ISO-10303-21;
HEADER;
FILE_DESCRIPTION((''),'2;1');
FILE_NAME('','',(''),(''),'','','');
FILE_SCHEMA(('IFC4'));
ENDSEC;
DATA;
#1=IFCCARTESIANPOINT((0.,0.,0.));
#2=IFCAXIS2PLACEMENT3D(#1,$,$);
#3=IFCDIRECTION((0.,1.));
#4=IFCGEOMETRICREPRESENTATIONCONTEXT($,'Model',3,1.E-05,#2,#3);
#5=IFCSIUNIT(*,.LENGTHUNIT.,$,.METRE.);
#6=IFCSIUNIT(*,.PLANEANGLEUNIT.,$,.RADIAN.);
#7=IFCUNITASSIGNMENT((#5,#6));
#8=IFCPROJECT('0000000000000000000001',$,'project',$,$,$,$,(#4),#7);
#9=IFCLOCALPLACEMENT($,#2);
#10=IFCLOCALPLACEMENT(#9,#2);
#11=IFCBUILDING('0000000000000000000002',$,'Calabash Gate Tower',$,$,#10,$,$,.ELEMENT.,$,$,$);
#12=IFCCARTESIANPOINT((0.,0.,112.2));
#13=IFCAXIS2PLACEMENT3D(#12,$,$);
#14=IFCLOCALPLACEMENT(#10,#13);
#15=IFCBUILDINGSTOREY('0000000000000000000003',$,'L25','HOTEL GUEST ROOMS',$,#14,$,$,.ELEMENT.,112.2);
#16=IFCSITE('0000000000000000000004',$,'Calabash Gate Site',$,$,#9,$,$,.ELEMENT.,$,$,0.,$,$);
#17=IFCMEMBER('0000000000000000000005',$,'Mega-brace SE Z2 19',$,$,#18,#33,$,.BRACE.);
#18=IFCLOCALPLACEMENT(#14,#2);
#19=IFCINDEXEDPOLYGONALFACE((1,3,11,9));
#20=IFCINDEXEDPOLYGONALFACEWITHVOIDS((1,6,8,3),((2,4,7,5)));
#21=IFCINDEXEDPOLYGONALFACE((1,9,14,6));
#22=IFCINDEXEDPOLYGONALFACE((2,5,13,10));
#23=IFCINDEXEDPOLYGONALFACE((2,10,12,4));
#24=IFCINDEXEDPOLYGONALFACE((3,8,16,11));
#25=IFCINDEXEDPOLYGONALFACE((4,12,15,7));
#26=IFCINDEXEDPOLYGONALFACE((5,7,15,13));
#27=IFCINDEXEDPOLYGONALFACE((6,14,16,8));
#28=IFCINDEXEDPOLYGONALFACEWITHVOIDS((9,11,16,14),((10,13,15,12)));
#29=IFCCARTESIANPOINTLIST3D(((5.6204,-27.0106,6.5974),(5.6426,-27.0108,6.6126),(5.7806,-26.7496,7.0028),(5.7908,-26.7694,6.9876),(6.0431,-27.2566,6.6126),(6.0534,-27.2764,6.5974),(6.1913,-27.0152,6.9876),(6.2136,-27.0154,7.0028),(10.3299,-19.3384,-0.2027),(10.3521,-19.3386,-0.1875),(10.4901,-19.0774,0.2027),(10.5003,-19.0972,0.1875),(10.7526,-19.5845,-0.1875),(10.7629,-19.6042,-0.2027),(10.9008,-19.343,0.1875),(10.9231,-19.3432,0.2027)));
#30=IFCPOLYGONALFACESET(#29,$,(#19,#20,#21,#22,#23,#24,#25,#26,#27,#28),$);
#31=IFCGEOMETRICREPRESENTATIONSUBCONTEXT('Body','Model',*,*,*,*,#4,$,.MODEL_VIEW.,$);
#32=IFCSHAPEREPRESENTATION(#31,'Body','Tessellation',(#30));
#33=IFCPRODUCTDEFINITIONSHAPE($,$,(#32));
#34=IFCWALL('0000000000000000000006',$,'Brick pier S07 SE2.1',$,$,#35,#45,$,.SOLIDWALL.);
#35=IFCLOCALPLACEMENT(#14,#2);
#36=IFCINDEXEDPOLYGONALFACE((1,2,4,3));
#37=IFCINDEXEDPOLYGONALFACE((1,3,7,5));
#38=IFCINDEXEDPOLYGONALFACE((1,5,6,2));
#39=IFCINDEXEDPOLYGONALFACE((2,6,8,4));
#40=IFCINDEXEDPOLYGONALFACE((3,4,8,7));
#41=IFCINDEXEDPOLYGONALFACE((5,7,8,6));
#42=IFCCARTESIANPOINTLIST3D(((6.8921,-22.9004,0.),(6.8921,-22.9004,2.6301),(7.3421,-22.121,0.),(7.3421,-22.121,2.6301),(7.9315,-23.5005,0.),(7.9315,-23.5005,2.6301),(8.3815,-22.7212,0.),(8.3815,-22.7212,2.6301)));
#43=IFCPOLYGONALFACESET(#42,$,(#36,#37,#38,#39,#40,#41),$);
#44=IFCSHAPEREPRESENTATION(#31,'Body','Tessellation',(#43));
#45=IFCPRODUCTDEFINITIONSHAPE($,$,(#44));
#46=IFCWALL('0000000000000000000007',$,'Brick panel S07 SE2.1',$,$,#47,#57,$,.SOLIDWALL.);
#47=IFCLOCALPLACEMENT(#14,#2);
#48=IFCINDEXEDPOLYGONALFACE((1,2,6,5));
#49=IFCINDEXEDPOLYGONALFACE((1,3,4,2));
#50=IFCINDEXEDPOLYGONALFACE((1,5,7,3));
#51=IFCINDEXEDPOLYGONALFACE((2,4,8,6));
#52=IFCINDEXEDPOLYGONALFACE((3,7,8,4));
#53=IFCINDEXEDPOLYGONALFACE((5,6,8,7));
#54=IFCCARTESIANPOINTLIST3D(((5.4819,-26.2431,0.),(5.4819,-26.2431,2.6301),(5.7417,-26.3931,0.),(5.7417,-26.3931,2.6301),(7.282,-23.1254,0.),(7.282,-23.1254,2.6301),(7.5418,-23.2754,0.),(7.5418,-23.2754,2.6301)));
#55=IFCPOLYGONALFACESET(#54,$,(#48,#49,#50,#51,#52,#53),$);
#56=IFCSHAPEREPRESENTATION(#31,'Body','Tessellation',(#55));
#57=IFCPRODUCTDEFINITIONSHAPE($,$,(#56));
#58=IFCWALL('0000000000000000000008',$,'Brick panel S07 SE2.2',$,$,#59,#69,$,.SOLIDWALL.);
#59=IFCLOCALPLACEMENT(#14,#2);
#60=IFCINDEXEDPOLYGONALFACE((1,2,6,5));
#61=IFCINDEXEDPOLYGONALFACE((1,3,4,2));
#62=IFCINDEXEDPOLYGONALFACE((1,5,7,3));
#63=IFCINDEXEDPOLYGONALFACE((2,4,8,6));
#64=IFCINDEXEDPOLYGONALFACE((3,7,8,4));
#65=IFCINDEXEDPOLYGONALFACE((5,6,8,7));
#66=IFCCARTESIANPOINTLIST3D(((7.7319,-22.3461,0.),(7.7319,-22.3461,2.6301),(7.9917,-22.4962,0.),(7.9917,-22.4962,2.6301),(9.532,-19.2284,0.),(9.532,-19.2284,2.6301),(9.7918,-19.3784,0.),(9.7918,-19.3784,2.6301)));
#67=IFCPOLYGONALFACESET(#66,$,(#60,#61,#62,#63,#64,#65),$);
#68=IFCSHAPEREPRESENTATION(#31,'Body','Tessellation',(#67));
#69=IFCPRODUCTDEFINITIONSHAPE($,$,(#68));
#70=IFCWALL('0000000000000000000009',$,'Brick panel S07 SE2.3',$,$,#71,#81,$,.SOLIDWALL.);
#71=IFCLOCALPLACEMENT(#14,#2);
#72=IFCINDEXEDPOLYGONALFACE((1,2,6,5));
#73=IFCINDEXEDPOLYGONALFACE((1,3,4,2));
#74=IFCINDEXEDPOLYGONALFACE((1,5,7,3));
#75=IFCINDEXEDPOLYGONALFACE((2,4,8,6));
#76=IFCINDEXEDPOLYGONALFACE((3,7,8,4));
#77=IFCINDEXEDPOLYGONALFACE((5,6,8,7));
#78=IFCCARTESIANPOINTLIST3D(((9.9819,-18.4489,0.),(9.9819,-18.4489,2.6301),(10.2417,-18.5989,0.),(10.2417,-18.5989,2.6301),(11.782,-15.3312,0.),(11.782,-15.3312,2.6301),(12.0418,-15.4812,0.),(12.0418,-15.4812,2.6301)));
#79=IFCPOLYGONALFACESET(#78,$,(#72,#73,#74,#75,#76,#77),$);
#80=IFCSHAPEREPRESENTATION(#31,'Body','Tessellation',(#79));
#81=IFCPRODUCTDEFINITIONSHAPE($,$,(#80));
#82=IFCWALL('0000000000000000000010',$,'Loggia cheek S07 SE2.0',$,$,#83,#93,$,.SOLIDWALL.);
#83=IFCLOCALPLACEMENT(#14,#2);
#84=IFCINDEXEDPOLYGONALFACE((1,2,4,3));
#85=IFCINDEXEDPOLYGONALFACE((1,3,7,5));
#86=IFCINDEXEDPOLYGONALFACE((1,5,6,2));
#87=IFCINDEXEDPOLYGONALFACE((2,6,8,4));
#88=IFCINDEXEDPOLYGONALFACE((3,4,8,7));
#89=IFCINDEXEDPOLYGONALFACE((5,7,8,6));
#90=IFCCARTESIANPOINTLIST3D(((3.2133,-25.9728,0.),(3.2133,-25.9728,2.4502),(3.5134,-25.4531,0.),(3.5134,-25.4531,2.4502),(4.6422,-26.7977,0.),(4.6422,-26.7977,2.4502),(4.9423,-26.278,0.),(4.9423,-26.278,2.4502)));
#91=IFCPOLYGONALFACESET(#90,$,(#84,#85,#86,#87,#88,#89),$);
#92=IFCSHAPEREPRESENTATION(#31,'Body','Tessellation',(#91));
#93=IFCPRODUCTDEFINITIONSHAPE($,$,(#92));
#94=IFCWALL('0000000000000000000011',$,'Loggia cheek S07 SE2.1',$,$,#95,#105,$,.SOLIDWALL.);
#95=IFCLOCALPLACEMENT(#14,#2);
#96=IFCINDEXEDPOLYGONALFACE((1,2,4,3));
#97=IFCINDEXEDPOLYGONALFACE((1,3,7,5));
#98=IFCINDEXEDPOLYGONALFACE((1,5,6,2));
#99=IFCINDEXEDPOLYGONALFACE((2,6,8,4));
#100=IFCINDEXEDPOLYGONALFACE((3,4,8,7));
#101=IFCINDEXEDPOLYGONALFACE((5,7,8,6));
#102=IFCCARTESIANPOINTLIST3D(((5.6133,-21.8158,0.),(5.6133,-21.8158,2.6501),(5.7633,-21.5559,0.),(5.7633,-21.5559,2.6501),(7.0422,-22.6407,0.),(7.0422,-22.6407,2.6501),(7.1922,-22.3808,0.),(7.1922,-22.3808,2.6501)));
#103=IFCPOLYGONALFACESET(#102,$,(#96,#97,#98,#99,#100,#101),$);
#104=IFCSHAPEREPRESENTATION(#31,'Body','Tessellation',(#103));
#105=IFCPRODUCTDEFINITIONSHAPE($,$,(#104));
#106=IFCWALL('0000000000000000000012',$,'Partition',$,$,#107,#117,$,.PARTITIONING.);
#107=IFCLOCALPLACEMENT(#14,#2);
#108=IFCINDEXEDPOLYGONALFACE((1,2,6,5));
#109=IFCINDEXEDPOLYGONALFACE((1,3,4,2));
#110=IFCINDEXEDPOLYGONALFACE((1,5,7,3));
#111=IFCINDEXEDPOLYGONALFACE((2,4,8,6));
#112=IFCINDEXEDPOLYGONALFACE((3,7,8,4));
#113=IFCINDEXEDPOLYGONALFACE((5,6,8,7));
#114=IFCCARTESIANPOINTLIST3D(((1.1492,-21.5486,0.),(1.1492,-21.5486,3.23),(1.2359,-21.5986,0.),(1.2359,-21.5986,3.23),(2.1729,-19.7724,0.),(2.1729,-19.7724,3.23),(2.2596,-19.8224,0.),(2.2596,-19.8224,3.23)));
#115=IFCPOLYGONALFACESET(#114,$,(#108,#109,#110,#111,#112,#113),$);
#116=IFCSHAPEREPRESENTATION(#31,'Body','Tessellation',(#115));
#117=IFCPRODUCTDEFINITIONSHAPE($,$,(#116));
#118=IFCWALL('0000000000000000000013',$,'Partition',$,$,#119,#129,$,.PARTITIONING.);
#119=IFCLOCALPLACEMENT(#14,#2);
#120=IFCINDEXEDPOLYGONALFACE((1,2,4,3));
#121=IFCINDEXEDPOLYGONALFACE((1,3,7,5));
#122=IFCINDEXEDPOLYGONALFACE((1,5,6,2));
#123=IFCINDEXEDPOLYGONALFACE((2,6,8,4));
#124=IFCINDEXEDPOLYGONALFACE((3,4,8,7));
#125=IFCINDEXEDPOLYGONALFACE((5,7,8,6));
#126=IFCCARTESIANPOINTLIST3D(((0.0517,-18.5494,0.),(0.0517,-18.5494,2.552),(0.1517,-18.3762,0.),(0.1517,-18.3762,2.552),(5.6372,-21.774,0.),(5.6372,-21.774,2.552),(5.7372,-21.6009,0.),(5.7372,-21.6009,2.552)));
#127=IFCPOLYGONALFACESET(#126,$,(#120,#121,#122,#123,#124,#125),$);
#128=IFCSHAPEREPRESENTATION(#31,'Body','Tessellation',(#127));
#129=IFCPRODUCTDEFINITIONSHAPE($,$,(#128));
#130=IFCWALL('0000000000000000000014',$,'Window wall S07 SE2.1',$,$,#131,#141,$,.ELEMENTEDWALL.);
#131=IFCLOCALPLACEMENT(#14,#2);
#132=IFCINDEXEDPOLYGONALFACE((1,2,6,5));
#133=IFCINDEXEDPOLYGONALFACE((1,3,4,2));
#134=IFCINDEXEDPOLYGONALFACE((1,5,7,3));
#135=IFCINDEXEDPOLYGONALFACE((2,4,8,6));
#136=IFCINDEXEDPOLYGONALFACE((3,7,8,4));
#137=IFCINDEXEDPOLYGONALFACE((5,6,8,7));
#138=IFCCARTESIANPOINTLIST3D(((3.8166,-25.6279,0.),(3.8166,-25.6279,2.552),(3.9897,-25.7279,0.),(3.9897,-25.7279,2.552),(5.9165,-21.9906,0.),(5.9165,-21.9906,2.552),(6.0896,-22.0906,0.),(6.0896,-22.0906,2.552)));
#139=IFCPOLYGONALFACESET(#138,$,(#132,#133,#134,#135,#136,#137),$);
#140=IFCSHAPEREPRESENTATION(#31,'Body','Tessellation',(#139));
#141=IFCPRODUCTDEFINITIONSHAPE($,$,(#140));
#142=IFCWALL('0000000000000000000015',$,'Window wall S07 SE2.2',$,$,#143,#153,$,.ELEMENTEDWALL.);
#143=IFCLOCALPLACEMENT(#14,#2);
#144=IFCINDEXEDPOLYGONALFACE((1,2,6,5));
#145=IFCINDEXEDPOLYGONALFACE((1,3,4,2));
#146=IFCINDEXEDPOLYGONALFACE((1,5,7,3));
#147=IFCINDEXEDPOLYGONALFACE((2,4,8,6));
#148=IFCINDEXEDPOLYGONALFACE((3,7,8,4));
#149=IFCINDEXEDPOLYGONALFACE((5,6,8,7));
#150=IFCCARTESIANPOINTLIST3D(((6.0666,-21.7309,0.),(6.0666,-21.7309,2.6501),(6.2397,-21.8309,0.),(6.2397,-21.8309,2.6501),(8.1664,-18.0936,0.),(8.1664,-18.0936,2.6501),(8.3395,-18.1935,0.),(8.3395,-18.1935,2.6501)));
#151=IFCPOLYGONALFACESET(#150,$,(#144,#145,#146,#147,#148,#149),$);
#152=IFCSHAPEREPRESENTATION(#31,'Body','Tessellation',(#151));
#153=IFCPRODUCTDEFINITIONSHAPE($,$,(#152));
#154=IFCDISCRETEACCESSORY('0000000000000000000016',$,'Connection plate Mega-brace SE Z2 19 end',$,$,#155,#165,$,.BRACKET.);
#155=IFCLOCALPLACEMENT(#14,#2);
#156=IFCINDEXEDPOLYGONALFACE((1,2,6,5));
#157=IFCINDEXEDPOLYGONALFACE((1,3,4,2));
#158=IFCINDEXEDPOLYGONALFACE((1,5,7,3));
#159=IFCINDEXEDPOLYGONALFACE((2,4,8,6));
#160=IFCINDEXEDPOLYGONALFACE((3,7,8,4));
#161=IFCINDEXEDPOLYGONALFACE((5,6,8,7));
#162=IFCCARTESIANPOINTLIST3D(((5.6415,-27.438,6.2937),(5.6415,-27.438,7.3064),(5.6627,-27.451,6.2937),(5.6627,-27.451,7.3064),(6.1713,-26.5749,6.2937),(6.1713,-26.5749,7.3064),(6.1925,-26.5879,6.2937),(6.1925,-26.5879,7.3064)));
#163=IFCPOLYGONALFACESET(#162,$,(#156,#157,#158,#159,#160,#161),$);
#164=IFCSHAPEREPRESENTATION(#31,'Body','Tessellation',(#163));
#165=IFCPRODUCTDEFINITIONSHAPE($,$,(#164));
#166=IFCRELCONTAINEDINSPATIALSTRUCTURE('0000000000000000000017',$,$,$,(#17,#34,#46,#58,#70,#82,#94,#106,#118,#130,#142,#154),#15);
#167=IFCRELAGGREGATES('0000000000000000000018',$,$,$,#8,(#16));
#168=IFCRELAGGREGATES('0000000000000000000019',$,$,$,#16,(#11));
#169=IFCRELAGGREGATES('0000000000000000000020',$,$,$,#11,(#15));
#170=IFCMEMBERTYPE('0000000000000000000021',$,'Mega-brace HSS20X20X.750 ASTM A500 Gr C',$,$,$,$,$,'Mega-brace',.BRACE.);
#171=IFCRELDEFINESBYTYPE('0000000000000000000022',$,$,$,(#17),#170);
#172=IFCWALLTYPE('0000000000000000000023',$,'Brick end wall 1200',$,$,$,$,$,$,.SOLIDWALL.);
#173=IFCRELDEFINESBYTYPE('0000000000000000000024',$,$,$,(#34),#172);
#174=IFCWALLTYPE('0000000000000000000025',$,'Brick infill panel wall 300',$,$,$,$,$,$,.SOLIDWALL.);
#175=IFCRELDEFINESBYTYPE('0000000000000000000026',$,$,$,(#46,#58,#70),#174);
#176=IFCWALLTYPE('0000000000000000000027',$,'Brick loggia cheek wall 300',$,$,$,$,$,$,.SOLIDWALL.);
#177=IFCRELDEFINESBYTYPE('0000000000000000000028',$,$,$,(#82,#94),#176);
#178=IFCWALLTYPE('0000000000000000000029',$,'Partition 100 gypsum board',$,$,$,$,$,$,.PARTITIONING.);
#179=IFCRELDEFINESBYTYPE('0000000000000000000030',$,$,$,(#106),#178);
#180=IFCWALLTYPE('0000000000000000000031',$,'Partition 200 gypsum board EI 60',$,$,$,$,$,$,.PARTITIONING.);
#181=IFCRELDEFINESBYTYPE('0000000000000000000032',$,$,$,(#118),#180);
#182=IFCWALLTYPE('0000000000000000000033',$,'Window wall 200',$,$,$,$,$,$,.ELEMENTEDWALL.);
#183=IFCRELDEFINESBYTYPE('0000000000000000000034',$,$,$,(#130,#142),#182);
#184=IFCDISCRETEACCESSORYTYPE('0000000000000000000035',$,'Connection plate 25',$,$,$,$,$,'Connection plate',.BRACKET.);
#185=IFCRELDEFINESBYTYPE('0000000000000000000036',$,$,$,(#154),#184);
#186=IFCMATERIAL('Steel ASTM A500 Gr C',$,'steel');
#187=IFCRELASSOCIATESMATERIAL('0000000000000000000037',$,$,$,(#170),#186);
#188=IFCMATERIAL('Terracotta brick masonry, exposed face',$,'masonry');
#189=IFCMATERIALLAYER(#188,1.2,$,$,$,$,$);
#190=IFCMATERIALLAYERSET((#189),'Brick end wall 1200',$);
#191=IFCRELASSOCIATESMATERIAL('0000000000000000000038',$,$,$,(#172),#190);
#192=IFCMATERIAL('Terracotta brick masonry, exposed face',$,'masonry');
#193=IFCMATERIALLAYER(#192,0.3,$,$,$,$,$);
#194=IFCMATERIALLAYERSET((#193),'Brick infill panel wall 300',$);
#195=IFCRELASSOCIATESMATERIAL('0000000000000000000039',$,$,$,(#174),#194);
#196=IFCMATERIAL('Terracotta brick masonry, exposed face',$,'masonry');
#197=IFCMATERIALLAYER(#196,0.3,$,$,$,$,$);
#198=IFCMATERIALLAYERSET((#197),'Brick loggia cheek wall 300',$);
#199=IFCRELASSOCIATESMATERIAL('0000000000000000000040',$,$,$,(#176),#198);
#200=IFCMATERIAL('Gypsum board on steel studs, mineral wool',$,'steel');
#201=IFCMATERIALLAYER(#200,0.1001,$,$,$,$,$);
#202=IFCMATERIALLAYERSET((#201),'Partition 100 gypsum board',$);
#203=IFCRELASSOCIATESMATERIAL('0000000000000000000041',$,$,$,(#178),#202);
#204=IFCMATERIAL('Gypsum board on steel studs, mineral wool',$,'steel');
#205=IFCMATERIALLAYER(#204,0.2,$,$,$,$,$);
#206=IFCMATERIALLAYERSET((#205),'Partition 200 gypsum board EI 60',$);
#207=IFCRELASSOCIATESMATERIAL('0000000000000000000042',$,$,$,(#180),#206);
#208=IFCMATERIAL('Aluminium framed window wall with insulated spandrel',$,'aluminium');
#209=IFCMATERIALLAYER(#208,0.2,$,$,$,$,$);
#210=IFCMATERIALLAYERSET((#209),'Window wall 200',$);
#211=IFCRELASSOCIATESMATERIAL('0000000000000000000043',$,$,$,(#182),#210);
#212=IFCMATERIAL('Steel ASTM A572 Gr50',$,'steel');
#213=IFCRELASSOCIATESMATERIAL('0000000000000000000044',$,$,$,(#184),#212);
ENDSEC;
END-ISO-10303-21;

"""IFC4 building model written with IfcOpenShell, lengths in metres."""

from ifc_helpers import new_model, si_unit, direction, frame, frame_2d, origin, origin_2d, place, context, subcontext, project, spatial, rectangle, hollow_rectangle, extrude, material, layer, layer_set, material_profile, profile_set, type_object, element, save


model = new_model("IFC4")

# Units and contexts
model_context = context("Model", 3, precision=1e-05, world=origin(), true_north=direction((0.0, 1.0)))
body_context = subcontext(model_context, "Body", "Model", "MODEL_VIEW")
ifc_project = project(units=[si_unit("LENGTHUNIT", "METRE"), si_unit("PLANEANGLEUNIT", "RADIAN")], contexts=[model_context])

# Site, building, storey
site_placement = place(None, origin())
site = spatial("IfcSite", under=ifc_project, at=site_placement, Name="Calabash Gate Site", CompositionType="ELEMENT", RefElevation=0.0)
building_placement = place(site_placement, origin())
building = spatial("IfcBuilding", under=site, at=building_placement, Name="Calabash Gate Tower", CompositionType="ELEMENT")
storey_placement = place(building_placement, frame((0.0, 0.0, 112.2)))
storey = spatial("IfcBuildingStorey", under=building, at=storey_placement, Name="L25", Description="HOTEL GUEST ROOMS", CompositionType="ELEMENT", Elevation=112.2)

# Member
ifc_material_1 = material(Name="Steel ASTM A500 Gr C", Category="steel")
ifc_material_profile_1 = material_profile(ifc_material_1, hollow_rectangle(XDim=0.5081, YDim=0.5081, WallThickness=0.019, at=origin_2d()))
ifc_profile_set_1 = profile_set([ifc_material_profile_1], Name="Steel ASTM A500 Gr C")
member_type = type_object("IfcMemberType", Name="Mega-brace HSS20X20X.750 ASTM A500 Gr C", ElementType="Mega-brace", PredefinedType="BRACE", material=ifc_profile_set_1)
member_placement = place(storey_placement, frame((10.6265, -19.3408, 0.0), z_axis=(-0.417436, -0.680038, 0.60274), x_axis=(0.852244, -0.523144, 0.0)))
element("IfcMember", 1, at=member_placement, inside=storey, type_object=member_type, Name="Mega-brace SE Z2 19", PredefinedType="BRACE", context=body_context, shape_type="SweptSolid", body=[
    extrude(hollow_rectangle(XDim=0.5081, YDim=0.5081, WallThickness=0.019, at=origin_2d()), origin(), (0.0, 0.0, 1.0), 11.282),
])

# Walls
ifc_material_2 = material(Name="Terracotta brick masonry, exposed face", Category="masonry")
ifc_layer_1 = layer(ifc_material_2, 1.2)
ifc_layer_set_1 = layer_set([ifc_layer_1], Name="Brick end wall 1200")
wall_type_1 = type_object("IfcWallType", Name="Brick end wall 1200", PredefinedType="SOLIDWALL", material=ifc_layer_set_1)
wall_1_placement = place(storey_placement, frame((8.1565, -23.1108, 0.0), z_axis=(0.0, 0.0, 1.0), x_axis=(-0.866006, 0.500034, 0.0)))
element("IfcWall", 2, at=wall_1_placement, inside=storey, type_object=wall_type_1, Name="Brick pier S07 SE2.1", PredefinedType="SOLIDWALL", context=body_context, shape_type="SweptSolid", body=[
    extrude(rectangle(XDim=1.2002, YDim=0.8999, at=frame_2d((0.6001, 0.0))), origin(), (0.0, 0.0, 1.0), 2.6301),
])
ifc_material_3 = material(Name="Terracotta brick masonry, exposed face", Category="masonry")
ifc_layer_2 = layer(ifc_material_3, 0.3)
ifc_layer_set_2 = layer_set([ifc_layer_2], Name="Brick infill panel wall 300")
wall_type_2 = type_object("IfcWallType", Name="Brick infill panel wall 300", PredefinedType="SOLIDWALL", material=ifc_layer_set_2)
for number, where, z_axis, x_axis, name in (
    (3, (5.6118, -26.3181, 0.0), (0.0, 0.0, 1.0), (0.500012, 0.866018, 0.0), "Brick panel S07 SE2.1"),
    (4, (7.8618, -22.4211, 0.0), (0.0, 0.0, 1.0), (0.500012, 0.866018, 0.0), "Brick panel S07 SE2.2"),
    (5, (10.1118, -18.5239, 0.0), (0.0, 0.0, 1.0), (0.500012, 0.866018, 0.0), "Brick panel S07 SE2.3"),
):
    element("IfcWall", number, at=place(storey_placement, frame(where, z_axis=z_axis, x_axis=x_axis)), inside=storey, type_object=wall_type_2, Name=name, PredefinedType="SOLIDWALL", context=body_context, shape_type="SweptSolid", body=[
        extrude(rectangle(XDim=3.6001, YDim=0.3, at=frame_2d((1.8, 0.0))), origin(), (0.0, 0.0, 1.0), 2.6301),
    ])
ifc_material_4 = material(Name="Terracotta brick masonry, exposed face", Category="masonry")
ifc_layer_3 = layer(ifc_material_4, 0.3)
ifc_layer_set_3 = layer_set([ifc_layer_3], Name="Brick loggia cheek wall 300")
wall_type_3 = type_object("IfcWallType", Name="Brick loggia cheek wall 300", PredefinedType="SOLIDWALL", material=ifc_layer_set_3)
wall_2_placement = place(storey_placement, frame((4.7922, -26.5378, 0.0), z_axis=(0.0, 0.0, 1.0), x_axis=(-0.86604, 0.499974, 0.0)))
element("IfcWall", 6, at=wall_2_placement, inside=storey, type_object=wall_type_3, Name="Loggia cheek S07 SE2.0", PredefinedType="SOLIDWALL", context=body_context, shape_type="SweptSolid", body=[
    extrude(rectangle(XDim=1.6499, YDim=0.6001, at=frame_2d((0.825, 0.0))), origin(), (0.0, 0.0, 1.0), 2.4502),
])
wall_3_placement = place(storey_placement, frame((7.1172, -22.5107, 0.0), z_axis=(0.0, 0.0, 1.0), x_axis=(-0.86604, 0.499974, 0.0)))
element("IfcWall", 7, at=wall_3_placement, inside=storey, type_object=wall_type_3, Name="Loggia cheek S07 SE2.1", PredefinedType="SOLIDWALL", context=body_context, shape_type="SweptSolid", body=[
    extrude(rectangle(XDim=1.6499, YDim=0.3, at=frame_2d((0.825, 0.0))), origin(), (0.0, 0.0, 1.0), 2.6501),
])
ifc_material_5 = material(Name="Gypsum board on steel studs, mineral wool", Category="steel")
ifc_layer_4 = layer(ifc_material_5, 0.1001)
ifc_layer_set_4 = layer_set([ifc_layer_4], Name="Partition 100 gypsum board")
wall_type_4 = type_object("IfcWallType", Name="Partition 100 gypsum board", PredefinedType="PARTITIONING", material=ifc_layer_set_4)
wall_4_placement = place(storey_placement, frame((1.1926, -21.5735, 0.0), z_axis=(0.0, 0.0, 1.0), x_axis=(0.499355, 0.866398, 0.0)))
element("IfcWall", 8, at=wall_4_placement, inside=storey, type_object=wall_type_4, Name="Partition", PredefinedType="PARTITIONING", context=body_context, shape_type="SweptSolid", body=[
    extrude(rectangle(XDim=2.05, YDim=0.1001, at=frame_2d((1.0249, 0.0))), origin(), (0.0, 0.0, 1.0), 3.23),
])
ifc_material_6 = material(Name="Gypsum board on steel studs, mineral wool", Category="steel")
ifc_layer_5 = layer(ifc_material_6, 0.2)
ifc_layer_set_5 = layer_set([ifc_layer_5], Name="Partition 200 gypsum board EI 60")
wall_type_5 = type_object("IfcWallType", Name="Partition 200 gypsum board EI 60", PredefinedType="PARTITIONING", material=ifc_layer_set_5)
wall_5_placement = place(storey_placement, frame((0.1018, -18.4629, 0.0), z_axis=(0.0, 0.0, 1.0), x_axis=(0.866036, -0.499982, 0.0)))
element("IfcWall", 9, at=wall_5_placement, inside=storey, type_object=wall_type_5, Name="Partition", PredefinedType="PARTITIONING", context=body_context, shape_type="SweptSolid", body=[
    extrude(rectangle(XDim=6.4495, YDim=0.2, at=frame_2d((3.2246, 0.0))), origin(), (0.0, 0.0, 1.0), 2.552),
])
ifc_material_7 = material(Name="Aluminium framed window wall with insulated spandrel", Category="aluminium")
ifc_layer_6 = layer(ifc_material_7, 0.2)
ifc_layer_set_6 = layer_set([ifc_layer_6], Name="Window wall 200")
wall_type_6 = type_object("IfcWallType", Name="Window wall 200", PredefinedType="ELEMENTEDWALL", material=ifc_layer_set_6)
wall_6_placement = place(storey_placement, frame((3.9031, -25.678, 0.0), z_axis=(0.0, 0.0, 1.0), x_axis=(0.499984, 0.866035, 0.0)))
element("IfcWall", 10, at=wall_6_placement, inside=storey, type_object=wall_type_6, Name="Window wall S07 SE2.1", PredefinedType="ELEMENTEDWALL", context=body_context, shape_type="SweptSolid", body=[
    extrude(rectangle(XDim=4.2, YDim=0.2, at=frame_2d((2.1001, 0.0))), origin(), (0.0, 0.0, 1.0), 2.552),
])
wall_7_placement = place(storey_placement, frame((6.1531, -21.781, 0.0), z_axis=(0.0, 0.0, 1.0), x_axis=(0.499959, 0.866049, 0.0)))
element("IfcWall", 11, at=wall_7_placement, inside=storey, type_object=wall_type_6, Name="Window wall S07 SE2.2", PredefinedType="ELEMENTEDWALL", context=body_context, shape_type="SweptSolid", body=[
    extrude(rectangle(XDim=4.2, YDim=0.2, at=frame_2d((2.1001, 0.0))), origin(), (0.0, 0.0, 1.0), 2.6501),
])

# Discrete accessory
ifc_material_8 = material(Name="Steel ASTM A572 Gr50", Category="steel")
discrete_accessory_type = type_object("IfcDiscreteAccessoryType", Name="Connection plate 25", ElementType="Connection plate", PredefinedType="BRACKET", material=ifc_material_8)
discrete_accessory_placement = place(storey_placement, frame((5.917, -27.0129, 6.2937), z_axis=(0.0, 0.0, 1.0), x_axis=(-0.523134, -0.85225, 0.0)))
element("IfcDiscreteAccessory", 12, at=discrete_accessory_placement, inside=storey, type_object=discrete_accessory_type, Name="Connection plate Mega-brace SE Z2 19 end", PredefinedType="BRACKET", context=body_context, shape_type="SweptSolid", body=[
    extrude(rectangle(XDim=1.0127, YDim=0.0249, at=origin_2d()), origin(), (0.0, 0.0, 1.0), 1.0127),
])

save(model, "model.ifc")
